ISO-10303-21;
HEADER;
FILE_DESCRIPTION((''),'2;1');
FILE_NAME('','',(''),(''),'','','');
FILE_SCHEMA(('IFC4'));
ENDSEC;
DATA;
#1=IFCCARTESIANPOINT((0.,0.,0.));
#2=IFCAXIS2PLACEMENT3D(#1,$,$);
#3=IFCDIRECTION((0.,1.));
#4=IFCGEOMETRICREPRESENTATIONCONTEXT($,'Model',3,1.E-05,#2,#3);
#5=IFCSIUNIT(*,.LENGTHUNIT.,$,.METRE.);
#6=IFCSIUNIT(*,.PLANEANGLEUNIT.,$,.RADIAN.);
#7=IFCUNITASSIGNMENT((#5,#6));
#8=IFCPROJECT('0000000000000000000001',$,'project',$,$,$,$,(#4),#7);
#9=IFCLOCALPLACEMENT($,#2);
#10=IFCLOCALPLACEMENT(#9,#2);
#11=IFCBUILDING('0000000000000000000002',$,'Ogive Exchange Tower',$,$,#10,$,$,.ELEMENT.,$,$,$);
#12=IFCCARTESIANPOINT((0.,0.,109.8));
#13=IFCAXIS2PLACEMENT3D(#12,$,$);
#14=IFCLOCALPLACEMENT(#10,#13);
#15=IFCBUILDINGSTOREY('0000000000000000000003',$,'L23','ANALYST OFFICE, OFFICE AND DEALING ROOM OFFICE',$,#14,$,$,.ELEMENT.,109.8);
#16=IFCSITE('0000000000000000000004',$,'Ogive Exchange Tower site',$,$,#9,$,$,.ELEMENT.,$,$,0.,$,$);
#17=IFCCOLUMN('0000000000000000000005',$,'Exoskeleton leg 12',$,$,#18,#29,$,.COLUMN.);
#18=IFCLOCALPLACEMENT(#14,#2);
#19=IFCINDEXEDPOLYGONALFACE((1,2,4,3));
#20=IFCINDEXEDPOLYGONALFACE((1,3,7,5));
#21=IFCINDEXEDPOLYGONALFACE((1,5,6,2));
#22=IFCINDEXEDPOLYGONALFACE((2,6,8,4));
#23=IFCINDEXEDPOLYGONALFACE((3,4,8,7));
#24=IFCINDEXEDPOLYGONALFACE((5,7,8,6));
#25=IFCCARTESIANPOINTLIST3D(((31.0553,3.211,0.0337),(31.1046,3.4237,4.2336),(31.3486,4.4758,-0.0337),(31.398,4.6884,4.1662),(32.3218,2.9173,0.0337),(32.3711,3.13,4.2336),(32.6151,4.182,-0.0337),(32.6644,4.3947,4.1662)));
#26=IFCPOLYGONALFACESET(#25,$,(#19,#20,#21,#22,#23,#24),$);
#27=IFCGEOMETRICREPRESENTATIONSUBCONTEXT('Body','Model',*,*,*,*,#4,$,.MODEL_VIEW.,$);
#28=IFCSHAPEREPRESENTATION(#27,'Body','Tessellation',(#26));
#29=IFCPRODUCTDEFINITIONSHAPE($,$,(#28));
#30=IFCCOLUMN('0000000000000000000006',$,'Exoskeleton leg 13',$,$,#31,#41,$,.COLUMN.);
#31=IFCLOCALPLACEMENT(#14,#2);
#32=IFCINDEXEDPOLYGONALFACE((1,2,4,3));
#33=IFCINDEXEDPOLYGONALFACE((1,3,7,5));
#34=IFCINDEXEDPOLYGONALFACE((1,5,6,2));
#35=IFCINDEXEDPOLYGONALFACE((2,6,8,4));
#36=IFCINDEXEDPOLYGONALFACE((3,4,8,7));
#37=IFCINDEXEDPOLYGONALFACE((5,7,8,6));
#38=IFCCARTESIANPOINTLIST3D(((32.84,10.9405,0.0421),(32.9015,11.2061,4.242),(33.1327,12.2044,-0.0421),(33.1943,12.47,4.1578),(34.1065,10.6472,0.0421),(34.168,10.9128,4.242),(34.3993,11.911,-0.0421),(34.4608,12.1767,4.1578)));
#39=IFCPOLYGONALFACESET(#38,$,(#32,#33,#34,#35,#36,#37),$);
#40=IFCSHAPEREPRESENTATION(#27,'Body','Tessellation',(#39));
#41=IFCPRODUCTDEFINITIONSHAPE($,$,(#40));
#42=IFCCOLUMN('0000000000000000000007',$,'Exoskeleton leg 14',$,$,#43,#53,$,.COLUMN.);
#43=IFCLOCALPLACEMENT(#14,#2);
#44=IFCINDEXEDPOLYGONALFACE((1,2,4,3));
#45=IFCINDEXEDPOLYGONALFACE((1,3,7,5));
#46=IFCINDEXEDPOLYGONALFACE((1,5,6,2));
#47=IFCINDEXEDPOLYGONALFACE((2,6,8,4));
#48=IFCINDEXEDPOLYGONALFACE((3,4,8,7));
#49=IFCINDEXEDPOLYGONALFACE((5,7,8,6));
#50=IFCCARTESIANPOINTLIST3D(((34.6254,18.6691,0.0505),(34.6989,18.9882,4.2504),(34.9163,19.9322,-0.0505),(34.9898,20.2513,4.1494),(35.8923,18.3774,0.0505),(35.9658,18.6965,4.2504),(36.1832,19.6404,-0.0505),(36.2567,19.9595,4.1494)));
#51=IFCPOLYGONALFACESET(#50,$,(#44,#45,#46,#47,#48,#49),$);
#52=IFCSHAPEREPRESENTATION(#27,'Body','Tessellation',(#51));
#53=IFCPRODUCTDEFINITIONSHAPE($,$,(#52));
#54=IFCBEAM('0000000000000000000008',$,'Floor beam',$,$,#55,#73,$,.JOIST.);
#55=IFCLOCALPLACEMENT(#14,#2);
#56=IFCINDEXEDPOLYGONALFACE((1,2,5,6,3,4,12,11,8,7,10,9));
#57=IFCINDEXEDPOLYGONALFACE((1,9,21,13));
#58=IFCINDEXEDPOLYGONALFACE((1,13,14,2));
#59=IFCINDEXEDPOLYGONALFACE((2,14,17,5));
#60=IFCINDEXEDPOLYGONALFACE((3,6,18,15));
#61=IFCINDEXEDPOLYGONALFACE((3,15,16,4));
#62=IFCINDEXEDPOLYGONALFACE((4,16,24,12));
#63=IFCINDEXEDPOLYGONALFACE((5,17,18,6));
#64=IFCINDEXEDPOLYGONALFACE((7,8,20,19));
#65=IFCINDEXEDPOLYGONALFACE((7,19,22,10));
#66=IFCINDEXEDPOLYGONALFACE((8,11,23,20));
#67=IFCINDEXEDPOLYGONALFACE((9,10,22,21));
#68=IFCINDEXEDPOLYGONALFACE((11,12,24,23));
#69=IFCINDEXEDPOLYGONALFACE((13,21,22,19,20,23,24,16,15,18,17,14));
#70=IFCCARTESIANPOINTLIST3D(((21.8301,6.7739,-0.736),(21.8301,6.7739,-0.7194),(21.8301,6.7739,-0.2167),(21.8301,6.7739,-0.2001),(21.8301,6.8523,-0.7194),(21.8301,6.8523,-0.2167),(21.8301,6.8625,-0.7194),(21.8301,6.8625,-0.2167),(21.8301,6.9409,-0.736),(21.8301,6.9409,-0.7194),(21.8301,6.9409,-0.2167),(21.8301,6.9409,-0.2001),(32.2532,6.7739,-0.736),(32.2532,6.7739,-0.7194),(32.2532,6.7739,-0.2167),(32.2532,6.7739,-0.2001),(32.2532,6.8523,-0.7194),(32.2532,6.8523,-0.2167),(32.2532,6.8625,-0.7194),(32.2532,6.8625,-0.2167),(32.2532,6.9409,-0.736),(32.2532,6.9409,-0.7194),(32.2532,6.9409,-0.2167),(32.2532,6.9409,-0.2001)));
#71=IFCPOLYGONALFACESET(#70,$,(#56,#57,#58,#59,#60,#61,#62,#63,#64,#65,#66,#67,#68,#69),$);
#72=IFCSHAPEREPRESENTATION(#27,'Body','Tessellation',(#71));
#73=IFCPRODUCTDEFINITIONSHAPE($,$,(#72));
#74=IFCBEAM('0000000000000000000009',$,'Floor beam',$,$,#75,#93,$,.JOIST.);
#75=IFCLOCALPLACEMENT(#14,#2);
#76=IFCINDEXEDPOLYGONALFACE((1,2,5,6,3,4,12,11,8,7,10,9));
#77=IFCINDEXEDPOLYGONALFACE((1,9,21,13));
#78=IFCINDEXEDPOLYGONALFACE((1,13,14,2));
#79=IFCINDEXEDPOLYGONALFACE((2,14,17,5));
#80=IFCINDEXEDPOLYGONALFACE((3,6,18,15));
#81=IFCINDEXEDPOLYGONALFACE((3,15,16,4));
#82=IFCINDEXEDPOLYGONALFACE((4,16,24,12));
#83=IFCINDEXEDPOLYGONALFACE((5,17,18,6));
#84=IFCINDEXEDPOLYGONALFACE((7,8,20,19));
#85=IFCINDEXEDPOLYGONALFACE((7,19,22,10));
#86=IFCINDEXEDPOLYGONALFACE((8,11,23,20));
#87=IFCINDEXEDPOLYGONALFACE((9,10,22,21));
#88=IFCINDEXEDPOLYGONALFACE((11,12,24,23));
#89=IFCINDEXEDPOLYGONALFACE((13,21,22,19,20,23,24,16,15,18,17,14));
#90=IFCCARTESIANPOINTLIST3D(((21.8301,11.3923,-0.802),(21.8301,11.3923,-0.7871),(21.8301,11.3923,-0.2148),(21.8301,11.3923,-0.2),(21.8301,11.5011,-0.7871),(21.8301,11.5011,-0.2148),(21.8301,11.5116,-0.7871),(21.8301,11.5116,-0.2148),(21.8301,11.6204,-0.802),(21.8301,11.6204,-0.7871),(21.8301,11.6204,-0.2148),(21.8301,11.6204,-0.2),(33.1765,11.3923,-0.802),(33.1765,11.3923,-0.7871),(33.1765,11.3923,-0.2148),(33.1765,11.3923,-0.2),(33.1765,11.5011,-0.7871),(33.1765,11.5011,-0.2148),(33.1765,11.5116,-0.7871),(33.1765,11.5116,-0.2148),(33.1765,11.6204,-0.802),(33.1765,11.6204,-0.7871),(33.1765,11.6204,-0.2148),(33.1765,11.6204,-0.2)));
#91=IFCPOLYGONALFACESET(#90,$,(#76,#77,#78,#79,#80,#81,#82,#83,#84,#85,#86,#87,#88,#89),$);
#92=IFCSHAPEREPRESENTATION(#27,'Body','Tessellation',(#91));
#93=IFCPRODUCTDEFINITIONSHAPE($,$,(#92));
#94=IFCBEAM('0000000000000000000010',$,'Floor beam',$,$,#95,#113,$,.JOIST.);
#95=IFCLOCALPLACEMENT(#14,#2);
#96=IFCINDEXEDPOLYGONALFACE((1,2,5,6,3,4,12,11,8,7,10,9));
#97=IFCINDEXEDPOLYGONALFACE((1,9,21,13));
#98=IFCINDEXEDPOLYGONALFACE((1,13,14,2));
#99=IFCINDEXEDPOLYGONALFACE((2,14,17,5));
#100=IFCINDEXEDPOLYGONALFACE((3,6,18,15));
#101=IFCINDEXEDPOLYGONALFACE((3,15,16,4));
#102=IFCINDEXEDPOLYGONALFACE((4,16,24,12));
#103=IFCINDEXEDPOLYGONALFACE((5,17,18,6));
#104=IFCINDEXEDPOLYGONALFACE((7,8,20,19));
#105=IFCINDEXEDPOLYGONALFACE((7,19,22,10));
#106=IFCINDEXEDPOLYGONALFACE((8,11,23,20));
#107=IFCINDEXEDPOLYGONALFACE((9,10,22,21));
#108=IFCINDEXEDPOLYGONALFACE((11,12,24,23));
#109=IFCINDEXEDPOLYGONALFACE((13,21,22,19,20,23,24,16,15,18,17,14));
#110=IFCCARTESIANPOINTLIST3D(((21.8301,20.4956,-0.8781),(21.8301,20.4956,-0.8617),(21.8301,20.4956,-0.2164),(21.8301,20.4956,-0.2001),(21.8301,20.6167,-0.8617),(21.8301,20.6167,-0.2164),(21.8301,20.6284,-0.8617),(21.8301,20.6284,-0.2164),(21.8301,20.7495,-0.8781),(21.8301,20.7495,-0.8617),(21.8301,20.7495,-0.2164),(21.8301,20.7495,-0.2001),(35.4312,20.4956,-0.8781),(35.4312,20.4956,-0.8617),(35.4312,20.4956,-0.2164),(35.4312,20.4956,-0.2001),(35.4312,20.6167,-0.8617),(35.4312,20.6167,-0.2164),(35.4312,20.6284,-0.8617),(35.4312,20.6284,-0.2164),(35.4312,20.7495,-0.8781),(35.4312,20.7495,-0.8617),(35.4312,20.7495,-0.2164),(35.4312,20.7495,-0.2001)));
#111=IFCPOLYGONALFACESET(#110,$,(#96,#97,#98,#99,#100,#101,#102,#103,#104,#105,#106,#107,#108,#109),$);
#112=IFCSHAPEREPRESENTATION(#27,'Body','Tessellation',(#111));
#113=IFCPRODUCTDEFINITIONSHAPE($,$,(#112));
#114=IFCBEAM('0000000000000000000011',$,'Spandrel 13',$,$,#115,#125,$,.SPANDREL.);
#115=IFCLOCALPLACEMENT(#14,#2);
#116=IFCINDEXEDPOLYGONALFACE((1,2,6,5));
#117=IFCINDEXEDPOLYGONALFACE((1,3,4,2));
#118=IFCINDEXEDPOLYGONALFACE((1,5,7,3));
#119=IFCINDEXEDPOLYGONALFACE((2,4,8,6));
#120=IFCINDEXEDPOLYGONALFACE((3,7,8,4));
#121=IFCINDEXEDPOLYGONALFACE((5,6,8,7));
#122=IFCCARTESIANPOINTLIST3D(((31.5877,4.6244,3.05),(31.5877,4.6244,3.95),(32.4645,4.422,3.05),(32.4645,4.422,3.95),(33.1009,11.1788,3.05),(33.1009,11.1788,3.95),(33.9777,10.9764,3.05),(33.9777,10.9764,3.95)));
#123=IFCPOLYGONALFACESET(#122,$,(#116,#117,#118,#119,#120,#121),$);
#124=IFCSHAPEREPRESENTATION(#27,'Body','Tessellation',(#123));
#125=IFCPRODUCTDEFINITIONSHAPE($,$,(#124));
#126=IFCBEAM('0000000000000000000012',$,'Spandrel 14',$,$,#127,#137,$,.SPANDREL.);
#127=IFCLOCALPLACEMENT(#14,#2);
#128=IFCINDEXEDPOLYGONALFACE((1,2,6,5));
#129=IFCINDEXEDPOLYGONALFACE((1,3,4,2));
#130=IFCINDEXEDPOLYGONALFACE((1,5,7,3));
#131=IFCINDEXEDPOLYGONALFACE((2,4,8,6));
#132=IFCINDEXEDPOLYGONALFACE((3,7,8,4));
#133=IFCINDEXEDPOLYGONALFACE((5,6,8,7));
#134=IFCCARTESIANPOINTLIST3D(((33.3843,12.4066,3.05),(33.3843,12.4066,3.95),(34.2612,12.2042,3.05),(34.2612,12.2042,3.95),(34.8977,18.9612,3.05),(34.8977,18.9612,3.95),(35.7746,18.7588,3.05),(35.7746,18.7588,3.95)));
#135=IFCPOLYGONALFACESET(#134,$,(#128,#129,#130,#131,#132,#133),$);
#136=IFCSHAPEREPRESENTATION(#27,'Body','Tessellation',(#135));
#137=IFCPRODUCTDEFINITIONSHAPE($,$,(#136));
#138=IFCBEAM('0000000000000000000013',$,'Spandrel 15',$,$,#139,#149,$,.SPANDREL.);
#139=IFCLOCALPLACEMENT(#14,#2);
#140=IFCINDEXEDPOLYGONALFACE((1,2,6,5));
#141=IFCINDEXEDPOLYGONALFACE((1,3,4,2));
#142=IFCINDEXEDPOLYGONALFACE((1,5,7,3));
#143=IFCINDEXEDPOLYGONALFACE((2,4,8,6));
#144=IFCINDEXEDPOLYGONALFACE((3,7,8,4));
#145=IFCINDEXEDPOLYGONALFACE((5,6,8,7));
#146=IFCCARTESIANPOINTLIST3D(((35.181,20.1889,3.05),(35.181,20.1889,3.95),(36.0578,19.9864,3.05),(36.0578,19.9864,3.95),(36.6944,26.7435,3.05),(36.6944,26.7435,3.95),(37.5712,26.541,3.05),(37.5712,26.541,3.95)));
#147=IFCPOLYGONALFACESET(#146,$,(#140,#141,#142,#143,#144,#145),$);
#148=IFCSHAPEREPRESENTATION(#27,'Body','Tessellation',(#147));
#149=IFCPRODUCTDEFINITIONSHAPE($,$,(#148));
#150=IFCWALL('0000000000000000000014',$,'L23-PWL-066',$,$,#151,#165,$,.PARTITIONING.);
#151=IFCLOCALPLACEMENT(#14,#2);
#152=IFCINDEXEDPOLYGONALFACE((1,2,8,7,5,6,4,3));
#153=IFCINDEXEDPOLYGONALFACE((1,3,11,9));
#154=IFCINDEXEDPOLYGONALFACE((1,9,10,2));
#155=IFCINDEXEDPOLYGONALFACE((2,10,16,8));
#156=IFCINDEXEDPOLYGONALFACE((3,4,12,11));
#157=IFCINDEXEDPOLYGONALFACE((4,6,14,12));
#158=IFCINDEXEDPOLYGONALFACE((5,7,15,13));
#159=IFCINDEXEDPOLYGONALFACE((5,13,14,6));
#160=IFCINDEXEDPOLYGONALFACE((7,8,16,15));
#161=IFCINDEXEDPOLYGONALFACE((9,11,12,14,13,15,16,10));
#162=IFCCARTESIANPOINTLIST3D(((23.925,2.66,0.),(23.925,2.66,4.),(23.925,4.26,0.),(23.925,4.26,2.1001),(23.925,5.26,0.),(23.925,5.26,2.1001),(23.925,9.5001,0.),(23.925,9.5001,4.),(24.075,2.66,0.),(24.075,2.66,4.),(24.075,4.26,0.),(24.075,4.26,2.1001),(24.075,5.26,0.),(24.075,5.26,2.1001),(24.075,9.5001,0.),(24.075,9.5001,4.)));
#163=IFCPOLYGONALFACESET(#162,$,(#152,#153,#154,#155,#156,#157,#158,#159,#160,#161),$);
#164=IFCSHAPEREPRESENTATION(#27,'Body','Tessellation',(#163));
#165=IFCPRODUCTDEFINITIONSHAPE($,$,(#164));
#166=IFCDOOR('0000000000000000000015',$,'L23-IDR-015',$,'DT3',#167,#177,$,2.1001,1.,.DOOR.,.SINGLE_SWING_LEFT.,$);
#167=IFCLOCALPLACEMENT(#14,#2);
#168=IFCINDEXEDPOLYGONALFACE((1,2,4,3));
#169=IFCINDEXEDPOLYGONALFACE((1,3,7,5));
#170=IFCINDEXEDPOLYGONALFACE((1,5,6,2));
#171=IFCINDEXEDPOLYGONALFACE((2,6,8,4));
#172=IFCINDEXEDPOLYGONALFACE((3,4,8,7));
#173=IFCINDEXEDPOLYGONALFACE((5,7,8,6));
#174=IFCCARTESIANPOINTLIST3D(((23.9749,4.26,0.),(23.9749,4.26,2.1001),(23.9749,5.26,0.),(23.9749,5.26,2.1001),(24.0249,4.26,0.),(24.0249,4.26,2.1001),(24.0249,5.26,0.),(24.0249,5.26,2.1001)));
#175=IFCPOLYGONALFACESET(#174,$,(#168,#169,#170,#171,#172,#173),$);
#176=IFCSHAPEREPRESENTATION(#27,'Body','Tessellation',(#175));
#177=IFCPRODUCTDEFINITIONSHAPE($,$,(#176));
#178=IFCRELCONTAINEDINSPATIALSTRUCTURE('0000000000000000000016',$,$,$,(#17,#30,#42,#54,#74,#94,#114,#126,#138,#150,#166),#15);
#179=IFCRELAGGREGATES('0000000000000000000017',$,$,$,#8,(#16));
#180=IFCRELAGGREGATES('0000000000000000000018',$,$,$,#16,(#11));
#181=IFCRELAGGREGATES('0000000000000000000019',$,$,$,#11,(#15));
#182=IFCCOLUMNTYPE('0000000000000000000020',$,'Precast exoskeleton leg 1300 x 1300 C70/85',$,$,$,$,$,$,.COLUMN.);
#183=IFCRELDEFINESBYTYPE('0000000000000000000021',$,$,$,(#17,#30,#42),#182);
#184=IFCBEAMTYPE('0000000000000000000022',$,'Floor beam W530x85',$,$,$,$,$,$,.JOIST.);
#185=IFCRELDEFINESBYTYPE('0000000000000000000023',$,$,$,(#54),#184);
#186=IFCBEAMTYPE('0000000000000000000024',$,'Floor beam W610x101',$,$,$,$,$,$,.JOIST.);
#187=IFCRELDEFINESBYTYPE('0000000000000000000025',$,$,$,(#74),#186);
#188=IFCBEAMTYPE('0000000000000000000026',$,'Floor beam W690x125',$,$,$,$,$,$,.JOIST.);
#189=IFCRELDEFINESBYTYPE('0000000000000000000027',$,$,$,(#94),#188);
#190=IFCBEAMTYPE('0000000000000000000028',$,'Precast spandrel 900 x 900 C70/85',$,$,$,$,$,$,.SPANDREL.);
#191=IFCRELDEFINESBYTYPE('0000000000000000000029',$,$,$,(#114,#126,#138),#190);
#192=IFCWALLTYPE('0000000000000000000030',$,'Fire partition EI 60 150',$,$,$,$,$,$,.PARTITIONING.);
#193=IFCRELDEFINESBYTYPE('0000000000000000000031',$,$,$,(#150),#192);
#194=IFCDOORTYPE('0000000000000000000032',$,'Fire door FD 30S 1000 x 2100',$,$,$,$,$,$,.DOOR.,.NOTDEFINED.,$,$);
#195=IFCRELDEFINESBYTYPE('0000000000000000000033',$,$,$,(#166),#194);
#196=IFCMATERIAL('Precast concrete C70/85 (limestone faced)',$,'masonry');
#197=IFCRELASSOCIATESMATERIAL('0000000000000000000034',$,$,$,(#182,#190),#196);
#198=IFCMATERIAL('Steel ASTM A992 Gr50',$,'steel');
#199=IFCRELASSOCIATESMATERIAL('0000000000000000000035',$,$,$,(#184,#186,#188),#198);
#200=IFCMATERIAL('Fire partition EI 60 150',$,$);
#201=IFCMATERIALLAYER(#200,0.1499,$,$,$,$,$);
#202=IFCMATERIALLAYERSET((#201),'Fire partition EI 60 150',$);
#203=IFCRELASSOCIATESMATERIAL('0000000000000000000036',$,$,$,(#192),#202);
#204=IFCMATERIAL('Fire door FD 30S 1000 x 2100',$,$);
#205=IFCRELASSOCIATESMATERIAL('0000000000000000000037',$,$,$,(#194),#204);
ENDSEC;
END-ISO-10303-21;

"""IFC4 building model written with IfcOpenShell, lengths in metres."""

from ifc_helpers import new_model, si_unit, direction, frame, frame_2d, origin, origin_2d, place, context, subcontext, project, spatial, rectangle, i_section, extrude, material, layer, layer_set, material_profile, profile_set, type_object, element, fill, save


model = new_model("IFC4")

# Units and contexts
model_context = context("Model", 3, precision=1e-05, world=origin(), true_north=direction((0.0, 1.0)))
body_context = subcontext(model_context, "Body", "Model", "MODEL_VIEW")
ifc_project = project(units=[si_unit("LENGTHUNIT", "METRE"), si_unit("PLANEANGLEUNIT", "RADIAN")], contexts=[model_context])

# Site, building, storey
site_placement = place(None, origin())
site = spatial("IfcSite", under=ifc_project, at=site_placement, Name="Ogive Exchange Tower site", CompositionType="ELEMENT", RefElevation=0.0)
building_placement = place(site_placement, origin())
building = spatial("IfcBuilding", under=site, at=building_placement, Name="Ogive Exchange Tower", CompositionType="ELEMENT")
storey_placement = place(building_placement, frame((0.0, 0.0, 109.8)))
storey = spatial("IfcBuildingStorey", under=building, at=storey_placement, Name="L23", Description="ANALYST OFFICE, OFFICE AND DEALING ROOM OFFICE", CompositionType="ELEMENT", Elevation=109.8)

# Columns
ifc_material_1 = material(Name="Precast concrete C70/85 (limestone faced)", Category="masonry")
ifc_material_profile_1 = material_profile(ifc_material_1, rectangle(XDim=1.3, YDim=1.3, at=origin_2d()), Name="1300 x 1300")
ifc_profile_set_1 = profile_set([ifc_material_profile_1], Name="Precast concrete C70/85 (limestone faced)")
column_type = type_object("IfcColumnType", Name="Precast exoskeleton leg 1300 x 1300 C70/85", PredefinedType="COLUMN", material=ifc_profile_set_1)
column_1_placement = place(storey_placement, frame((31.8352, 3.6965, 0.0), z_axis=(0.011726, 0.050562, 0.998652), x_axis=(-0.974146, 0.225921, 0.0)))
element("IfcColumn", 1, at=column_1_placement, inside=storey, type_object=column_type, Name="Exoskeleton leg 12", PredefinedType="COLUMN", context=body_context, shape_type="SweptSolid", body=[
    extrude(rectangle(XDim=1.3, YDim=1.3, at=origin_2d()), origin(), (0.0, 0.0, 1.0), 4.2056),
])
column_2_placement = place(storey_placement, frame((33.6196, 11.4258, 0.0), z_axis=(0.014618, 0.063112, 0.997899), x_axis=(-0.97421, 0.225644, 0.0)))
element("IfcColumn", 2, at=column_2_placement, inside=storey, type_object=column_type, Name="Exoskeleton leg 13", PredefinedType="COLUMN", context=body_context, shape_type="SweptSolid", body=[
    extrude(rectangle(XDim=1.3, YDim=1.3, at=origin_2d()), origin(), (0.0, 0.0, 1.0), 4.2087),
])
column_3_placement = place(storey_placement, frame((35.4043, 19.1548, 0.0), z_axis=(0.017444, 0.075745, 0.996975), x_axis=(-0.974492, 0.224424, 0.0)))
element("IfcColumn", 3, at=column_3_placement, inside=storey, type_object=column_type, Name="Exoskeleton leg 14", PredefinedType="COLUMN", context=body_context, shape_type="SweptSolid", body=[
    extrude(rectangle(XDim=1.3, YDim=1.3, at=origin_2d()), origin(), (0.0, 0.0, 1.0), 4.2126),
])

# Beams
ifc_material_2 = material(Name="Steel ASTM A992 Gr50", Category="steel")
ifc_material_profile_2 = material_profile(ifc_material_2, i_section(OverallWidth=0.167, OverallDepth=0.5359, WebThickness=0.0103, FlangeThickness=0.0166, at=origin_2d()), Name="W530x85")
ifc_profile_set_2 = profile_set([ifc_material_profile_2], Name="Steel ASTM A992 Gr50")
beam_type_1 = type_object("IfcBeamType", Name="Floor beam W530x85", PredefinedType="JOIST", material=ifc_profile_set_2)
beam_1_placement = place(storey_placement, frame((21.8301, 6.8574, -0.468), z_axis=(1.0, 0.0, 0.0), x_axis=(0.0, 1.0, 0.0)))
element("IfcBeam", 4, at=beam_1_placement, inside=storey, type_object=beam_type_1, Name="Floor beam", PredefinedType="JOIST", context=body_context, shape_type="SweptSolid", body=[
    extrude(i_section(OverallWidth=0.167, OverallDepth=0.5359, WebThickness=0.0103, FlangeThickness=0.0166, at=origin_2d()), origin(), (0.0, 0.0, 1.0), 10.4231),
])
ifc_material_profile_3 = material_profile(ifc_material_2, i_section(OverallWidth=0.228, OverallDepth=0.6021, WebThickness=0.0105, FlangeThickness=0.0149, at=origin_2d()), Name="W610x101")
ifc_profile_set_3 = profile_set([ifc_material_profile_3], Name="Steel ASTM A992 Gr50")
beam_type_2 = type_object("IfcBeamType", Name="Floor beam W610x101", PredefinedType="JOIST", material=ifc_profile_set_3)
beam_2_placement = place(storey_placement, frame((21.8301, 11.5063, -0.501), z_axis=(1.0, 0.0, 0.0), x_axis=(0.0, 1.0, 0.0)))
element("IfcBeam", 5, at=beam_2_placement, inside=storey, type_object=beam_type_2, Name="Floor beam", PredefinedType="JOIST", context=body_context, shape_type="SweptSolid", body=[
    extrude(i_section(OverallWidth=0.228, OverallDepth=0.6021, WebThickness=0.0105, FlangeThickness=0.0149, at=origin_2d()), origin(), (0.0, 0.0, 1.0), 11.3464),
])
ifc_material_profile_4 = material_profile(ifc_material_2, i_section(OverallWidth=0.2539, OverallDepth=0.678, WebThickness=0.0117, FlangeThickness=0.0164, at=origin_2d()), Name="W690x125")
ifc_profile_set_4 = profile_set([ifc_material_profile_4], Name="Steel ASTM A992 Gr50")
beam_type_3 = type_object("IfcBeamType", Name="Floor beam W690x125", PredefinedType="JOIST", material=ifc_profile_set_4)
beam_3_placement = place(storey_placement, frame((21.8301, 20.6226, -0.5391), z_axis=(1.0, 0.0, 0.0), x_axis=(0.0, 1.0, 0.0)))
element("IfcBeam", 6, at=beam_3_placement, inside=storey, type_object=beam_type_3, Name="Floor beam", PredefinedType="JOIST", context=body_context, shape_type="SweptSolid", body=[
    extrude(i_section(OverallWidth=0.2539, OverallDepth=0.678, WebThickness=0.0117, FlangeThickness=0.0164, at=origin_2d()), origin(), (0.0, 0.0, 1.0), 13.6011),
])
ifc_material_profile_5 = material_profile(ifc_material_1, rectangle(XDim=0.8999, YDim=0.8999, at=origin_2d()), Name="900 x 900")
ifc_profile_set_5 = profile_set([ifc_material_profile_5], Name="Precast concrete C70/85 (limestone faced)")
beam_type_4 = type_object("IfcBeamType", Name="Precast spandrel 900 x 900 C70/85", PredefinedType="SPANDREL", material=ifc_profile_set_5)
beam_4_placement = place(storey_placement, frame((32.0261, 4.5232, 3.5), z_axis=(0.224947, 0.974371, 0.0), x_axis=(-0.974371, 0.224947, 0.0)))
element("IfcBeam", 7, at=beam_4_placement, inside=storey, type_object=beam_type_4, Name="Spandrel 13", PredefinedType="SPANDREL", context=body_context, shape_type="SweptSolid", body=[
    extrude(rectangle(XDim=0.8999, YDim=0.8999, at=origin_2d()), origin(), (0.0, 0.0, 1.0), 6.7268),
])
for number, where, z_axis, x_axis, name in (
    (8, (33.8228, 12.3054, 3.5), (0.224973, 0.974365, 0.0), (-0.974365, 0.224973, 0.0), "Spandrel 14"),
    (9, (35.6194, 20.0876, 3.5), (0.224973, 0.974365, 0.0), (-0.974365, 0.224973, 0.0), "Spandrel 15"),
):
    element("IfcBeam", number, at=place(storey_placement, frame(where, z_axis=z_axis, x_axis=x_axis)), inside=storey, type_object=beam_type_4, Name=name, PredefinedType="SPANDREL", context=body_context, shape_type="SweptSolid", body=[
        extrude(rectangle(XDim=0.8999, YDim=0.8999, at=origin_2d()), origin(), (0.0, 0.0, 1.0), 6.7271),
    ])

# Wall, opening, door
ifc_material_3 = material(Name="Fire partition EI 60 150")
ifc_layer_1 = layer(ifc_material_3, 0.1499)
ifc_layer_set_1 = layer_set([ifc_layer_1], Name="Fire partition EI 60 150")
wall_type_1 = type_object("IfcWallType", Name="Fire partition EI 60 150", PredefinedType="PARTITIONING", material=ifc_layer_set_1)
wall_1_placement = place(storey_placement, frame((24.0, 9.5, 0.0), z_axis=(0.0, 0.0, 1.0), x_axis=(0.0, -1.0, 0.0)))
wall_1 = element("IfcWall", 10, at=wall_1_placement, inside=storey, type_object=wall_type_1, Name="L23-PWL-066", PredefinedType="PARTITIONING", context=body_context, shape_type="SweptSolid", body=[
    extrude(rectangle(XDim=6.8401, YDim=0.1499, at=frame_2d((3.4199, 0.0))), origin(), (0.0, 0.0, 1.0), 4.0),
])
opening_1_placement = place(wall_1_placement, frame((4.24, 0.0, 0.0)))
opening_1 = element("IfcOpeningElement", 11, at=opening_1_placement, cuts=wall_1, PredefinedType="OPENING", context=body_context, shape_type="SweptSolid", body=[
    extrude(rectangle(XDim=1.0, YDim=2.1001, at=frame_2d((0.5, 1.05))), frame((0.0, 0.085, 0.0), z_axis=(0.0, -1.0, 0.0), x_axis=(1.0, 0.0, 0.0)), (0.0, 0.0, 1.0), 0.1699),
])
ifc_material_4 = material(Name="Fire door FD 30S 1000 x 2100")
door_type = type_object("IfcDoorType", Name="Fire door FD 30S 1000 x 2100", OperationType="NOTDEFINED", PredefinedType="DOOR", material=ifc_material_4)
door_1_placement = place(opening_1_placement, origin())
door_1 = element("IfcDoor", 12, at=door_1_placement, inside=storey, type_object=door_type, Name="L23-IDR-015", ObjectType="DT3", OperationType="SINGLE_SWING_LEFT", OverallHeight=2.1001, OverallWidth=1.0, PredefinedType="DOOR", context=body_context, shape_type="SweptSolid", body=[
    extrude(rectangle(XDim=1.0, YDim=2.1001, at=frame_2d((0.5, 1.05))), frame((0.0, 0.0249, 0.0), z_axis=(0.0, -1.0, 0.0), x_axis=(1.0, 0.0, 0.0)), (0.0, 0.0, 1.0), 0.05),
])
fill(opening_1, door_1)

save(model, "model.ifc")
